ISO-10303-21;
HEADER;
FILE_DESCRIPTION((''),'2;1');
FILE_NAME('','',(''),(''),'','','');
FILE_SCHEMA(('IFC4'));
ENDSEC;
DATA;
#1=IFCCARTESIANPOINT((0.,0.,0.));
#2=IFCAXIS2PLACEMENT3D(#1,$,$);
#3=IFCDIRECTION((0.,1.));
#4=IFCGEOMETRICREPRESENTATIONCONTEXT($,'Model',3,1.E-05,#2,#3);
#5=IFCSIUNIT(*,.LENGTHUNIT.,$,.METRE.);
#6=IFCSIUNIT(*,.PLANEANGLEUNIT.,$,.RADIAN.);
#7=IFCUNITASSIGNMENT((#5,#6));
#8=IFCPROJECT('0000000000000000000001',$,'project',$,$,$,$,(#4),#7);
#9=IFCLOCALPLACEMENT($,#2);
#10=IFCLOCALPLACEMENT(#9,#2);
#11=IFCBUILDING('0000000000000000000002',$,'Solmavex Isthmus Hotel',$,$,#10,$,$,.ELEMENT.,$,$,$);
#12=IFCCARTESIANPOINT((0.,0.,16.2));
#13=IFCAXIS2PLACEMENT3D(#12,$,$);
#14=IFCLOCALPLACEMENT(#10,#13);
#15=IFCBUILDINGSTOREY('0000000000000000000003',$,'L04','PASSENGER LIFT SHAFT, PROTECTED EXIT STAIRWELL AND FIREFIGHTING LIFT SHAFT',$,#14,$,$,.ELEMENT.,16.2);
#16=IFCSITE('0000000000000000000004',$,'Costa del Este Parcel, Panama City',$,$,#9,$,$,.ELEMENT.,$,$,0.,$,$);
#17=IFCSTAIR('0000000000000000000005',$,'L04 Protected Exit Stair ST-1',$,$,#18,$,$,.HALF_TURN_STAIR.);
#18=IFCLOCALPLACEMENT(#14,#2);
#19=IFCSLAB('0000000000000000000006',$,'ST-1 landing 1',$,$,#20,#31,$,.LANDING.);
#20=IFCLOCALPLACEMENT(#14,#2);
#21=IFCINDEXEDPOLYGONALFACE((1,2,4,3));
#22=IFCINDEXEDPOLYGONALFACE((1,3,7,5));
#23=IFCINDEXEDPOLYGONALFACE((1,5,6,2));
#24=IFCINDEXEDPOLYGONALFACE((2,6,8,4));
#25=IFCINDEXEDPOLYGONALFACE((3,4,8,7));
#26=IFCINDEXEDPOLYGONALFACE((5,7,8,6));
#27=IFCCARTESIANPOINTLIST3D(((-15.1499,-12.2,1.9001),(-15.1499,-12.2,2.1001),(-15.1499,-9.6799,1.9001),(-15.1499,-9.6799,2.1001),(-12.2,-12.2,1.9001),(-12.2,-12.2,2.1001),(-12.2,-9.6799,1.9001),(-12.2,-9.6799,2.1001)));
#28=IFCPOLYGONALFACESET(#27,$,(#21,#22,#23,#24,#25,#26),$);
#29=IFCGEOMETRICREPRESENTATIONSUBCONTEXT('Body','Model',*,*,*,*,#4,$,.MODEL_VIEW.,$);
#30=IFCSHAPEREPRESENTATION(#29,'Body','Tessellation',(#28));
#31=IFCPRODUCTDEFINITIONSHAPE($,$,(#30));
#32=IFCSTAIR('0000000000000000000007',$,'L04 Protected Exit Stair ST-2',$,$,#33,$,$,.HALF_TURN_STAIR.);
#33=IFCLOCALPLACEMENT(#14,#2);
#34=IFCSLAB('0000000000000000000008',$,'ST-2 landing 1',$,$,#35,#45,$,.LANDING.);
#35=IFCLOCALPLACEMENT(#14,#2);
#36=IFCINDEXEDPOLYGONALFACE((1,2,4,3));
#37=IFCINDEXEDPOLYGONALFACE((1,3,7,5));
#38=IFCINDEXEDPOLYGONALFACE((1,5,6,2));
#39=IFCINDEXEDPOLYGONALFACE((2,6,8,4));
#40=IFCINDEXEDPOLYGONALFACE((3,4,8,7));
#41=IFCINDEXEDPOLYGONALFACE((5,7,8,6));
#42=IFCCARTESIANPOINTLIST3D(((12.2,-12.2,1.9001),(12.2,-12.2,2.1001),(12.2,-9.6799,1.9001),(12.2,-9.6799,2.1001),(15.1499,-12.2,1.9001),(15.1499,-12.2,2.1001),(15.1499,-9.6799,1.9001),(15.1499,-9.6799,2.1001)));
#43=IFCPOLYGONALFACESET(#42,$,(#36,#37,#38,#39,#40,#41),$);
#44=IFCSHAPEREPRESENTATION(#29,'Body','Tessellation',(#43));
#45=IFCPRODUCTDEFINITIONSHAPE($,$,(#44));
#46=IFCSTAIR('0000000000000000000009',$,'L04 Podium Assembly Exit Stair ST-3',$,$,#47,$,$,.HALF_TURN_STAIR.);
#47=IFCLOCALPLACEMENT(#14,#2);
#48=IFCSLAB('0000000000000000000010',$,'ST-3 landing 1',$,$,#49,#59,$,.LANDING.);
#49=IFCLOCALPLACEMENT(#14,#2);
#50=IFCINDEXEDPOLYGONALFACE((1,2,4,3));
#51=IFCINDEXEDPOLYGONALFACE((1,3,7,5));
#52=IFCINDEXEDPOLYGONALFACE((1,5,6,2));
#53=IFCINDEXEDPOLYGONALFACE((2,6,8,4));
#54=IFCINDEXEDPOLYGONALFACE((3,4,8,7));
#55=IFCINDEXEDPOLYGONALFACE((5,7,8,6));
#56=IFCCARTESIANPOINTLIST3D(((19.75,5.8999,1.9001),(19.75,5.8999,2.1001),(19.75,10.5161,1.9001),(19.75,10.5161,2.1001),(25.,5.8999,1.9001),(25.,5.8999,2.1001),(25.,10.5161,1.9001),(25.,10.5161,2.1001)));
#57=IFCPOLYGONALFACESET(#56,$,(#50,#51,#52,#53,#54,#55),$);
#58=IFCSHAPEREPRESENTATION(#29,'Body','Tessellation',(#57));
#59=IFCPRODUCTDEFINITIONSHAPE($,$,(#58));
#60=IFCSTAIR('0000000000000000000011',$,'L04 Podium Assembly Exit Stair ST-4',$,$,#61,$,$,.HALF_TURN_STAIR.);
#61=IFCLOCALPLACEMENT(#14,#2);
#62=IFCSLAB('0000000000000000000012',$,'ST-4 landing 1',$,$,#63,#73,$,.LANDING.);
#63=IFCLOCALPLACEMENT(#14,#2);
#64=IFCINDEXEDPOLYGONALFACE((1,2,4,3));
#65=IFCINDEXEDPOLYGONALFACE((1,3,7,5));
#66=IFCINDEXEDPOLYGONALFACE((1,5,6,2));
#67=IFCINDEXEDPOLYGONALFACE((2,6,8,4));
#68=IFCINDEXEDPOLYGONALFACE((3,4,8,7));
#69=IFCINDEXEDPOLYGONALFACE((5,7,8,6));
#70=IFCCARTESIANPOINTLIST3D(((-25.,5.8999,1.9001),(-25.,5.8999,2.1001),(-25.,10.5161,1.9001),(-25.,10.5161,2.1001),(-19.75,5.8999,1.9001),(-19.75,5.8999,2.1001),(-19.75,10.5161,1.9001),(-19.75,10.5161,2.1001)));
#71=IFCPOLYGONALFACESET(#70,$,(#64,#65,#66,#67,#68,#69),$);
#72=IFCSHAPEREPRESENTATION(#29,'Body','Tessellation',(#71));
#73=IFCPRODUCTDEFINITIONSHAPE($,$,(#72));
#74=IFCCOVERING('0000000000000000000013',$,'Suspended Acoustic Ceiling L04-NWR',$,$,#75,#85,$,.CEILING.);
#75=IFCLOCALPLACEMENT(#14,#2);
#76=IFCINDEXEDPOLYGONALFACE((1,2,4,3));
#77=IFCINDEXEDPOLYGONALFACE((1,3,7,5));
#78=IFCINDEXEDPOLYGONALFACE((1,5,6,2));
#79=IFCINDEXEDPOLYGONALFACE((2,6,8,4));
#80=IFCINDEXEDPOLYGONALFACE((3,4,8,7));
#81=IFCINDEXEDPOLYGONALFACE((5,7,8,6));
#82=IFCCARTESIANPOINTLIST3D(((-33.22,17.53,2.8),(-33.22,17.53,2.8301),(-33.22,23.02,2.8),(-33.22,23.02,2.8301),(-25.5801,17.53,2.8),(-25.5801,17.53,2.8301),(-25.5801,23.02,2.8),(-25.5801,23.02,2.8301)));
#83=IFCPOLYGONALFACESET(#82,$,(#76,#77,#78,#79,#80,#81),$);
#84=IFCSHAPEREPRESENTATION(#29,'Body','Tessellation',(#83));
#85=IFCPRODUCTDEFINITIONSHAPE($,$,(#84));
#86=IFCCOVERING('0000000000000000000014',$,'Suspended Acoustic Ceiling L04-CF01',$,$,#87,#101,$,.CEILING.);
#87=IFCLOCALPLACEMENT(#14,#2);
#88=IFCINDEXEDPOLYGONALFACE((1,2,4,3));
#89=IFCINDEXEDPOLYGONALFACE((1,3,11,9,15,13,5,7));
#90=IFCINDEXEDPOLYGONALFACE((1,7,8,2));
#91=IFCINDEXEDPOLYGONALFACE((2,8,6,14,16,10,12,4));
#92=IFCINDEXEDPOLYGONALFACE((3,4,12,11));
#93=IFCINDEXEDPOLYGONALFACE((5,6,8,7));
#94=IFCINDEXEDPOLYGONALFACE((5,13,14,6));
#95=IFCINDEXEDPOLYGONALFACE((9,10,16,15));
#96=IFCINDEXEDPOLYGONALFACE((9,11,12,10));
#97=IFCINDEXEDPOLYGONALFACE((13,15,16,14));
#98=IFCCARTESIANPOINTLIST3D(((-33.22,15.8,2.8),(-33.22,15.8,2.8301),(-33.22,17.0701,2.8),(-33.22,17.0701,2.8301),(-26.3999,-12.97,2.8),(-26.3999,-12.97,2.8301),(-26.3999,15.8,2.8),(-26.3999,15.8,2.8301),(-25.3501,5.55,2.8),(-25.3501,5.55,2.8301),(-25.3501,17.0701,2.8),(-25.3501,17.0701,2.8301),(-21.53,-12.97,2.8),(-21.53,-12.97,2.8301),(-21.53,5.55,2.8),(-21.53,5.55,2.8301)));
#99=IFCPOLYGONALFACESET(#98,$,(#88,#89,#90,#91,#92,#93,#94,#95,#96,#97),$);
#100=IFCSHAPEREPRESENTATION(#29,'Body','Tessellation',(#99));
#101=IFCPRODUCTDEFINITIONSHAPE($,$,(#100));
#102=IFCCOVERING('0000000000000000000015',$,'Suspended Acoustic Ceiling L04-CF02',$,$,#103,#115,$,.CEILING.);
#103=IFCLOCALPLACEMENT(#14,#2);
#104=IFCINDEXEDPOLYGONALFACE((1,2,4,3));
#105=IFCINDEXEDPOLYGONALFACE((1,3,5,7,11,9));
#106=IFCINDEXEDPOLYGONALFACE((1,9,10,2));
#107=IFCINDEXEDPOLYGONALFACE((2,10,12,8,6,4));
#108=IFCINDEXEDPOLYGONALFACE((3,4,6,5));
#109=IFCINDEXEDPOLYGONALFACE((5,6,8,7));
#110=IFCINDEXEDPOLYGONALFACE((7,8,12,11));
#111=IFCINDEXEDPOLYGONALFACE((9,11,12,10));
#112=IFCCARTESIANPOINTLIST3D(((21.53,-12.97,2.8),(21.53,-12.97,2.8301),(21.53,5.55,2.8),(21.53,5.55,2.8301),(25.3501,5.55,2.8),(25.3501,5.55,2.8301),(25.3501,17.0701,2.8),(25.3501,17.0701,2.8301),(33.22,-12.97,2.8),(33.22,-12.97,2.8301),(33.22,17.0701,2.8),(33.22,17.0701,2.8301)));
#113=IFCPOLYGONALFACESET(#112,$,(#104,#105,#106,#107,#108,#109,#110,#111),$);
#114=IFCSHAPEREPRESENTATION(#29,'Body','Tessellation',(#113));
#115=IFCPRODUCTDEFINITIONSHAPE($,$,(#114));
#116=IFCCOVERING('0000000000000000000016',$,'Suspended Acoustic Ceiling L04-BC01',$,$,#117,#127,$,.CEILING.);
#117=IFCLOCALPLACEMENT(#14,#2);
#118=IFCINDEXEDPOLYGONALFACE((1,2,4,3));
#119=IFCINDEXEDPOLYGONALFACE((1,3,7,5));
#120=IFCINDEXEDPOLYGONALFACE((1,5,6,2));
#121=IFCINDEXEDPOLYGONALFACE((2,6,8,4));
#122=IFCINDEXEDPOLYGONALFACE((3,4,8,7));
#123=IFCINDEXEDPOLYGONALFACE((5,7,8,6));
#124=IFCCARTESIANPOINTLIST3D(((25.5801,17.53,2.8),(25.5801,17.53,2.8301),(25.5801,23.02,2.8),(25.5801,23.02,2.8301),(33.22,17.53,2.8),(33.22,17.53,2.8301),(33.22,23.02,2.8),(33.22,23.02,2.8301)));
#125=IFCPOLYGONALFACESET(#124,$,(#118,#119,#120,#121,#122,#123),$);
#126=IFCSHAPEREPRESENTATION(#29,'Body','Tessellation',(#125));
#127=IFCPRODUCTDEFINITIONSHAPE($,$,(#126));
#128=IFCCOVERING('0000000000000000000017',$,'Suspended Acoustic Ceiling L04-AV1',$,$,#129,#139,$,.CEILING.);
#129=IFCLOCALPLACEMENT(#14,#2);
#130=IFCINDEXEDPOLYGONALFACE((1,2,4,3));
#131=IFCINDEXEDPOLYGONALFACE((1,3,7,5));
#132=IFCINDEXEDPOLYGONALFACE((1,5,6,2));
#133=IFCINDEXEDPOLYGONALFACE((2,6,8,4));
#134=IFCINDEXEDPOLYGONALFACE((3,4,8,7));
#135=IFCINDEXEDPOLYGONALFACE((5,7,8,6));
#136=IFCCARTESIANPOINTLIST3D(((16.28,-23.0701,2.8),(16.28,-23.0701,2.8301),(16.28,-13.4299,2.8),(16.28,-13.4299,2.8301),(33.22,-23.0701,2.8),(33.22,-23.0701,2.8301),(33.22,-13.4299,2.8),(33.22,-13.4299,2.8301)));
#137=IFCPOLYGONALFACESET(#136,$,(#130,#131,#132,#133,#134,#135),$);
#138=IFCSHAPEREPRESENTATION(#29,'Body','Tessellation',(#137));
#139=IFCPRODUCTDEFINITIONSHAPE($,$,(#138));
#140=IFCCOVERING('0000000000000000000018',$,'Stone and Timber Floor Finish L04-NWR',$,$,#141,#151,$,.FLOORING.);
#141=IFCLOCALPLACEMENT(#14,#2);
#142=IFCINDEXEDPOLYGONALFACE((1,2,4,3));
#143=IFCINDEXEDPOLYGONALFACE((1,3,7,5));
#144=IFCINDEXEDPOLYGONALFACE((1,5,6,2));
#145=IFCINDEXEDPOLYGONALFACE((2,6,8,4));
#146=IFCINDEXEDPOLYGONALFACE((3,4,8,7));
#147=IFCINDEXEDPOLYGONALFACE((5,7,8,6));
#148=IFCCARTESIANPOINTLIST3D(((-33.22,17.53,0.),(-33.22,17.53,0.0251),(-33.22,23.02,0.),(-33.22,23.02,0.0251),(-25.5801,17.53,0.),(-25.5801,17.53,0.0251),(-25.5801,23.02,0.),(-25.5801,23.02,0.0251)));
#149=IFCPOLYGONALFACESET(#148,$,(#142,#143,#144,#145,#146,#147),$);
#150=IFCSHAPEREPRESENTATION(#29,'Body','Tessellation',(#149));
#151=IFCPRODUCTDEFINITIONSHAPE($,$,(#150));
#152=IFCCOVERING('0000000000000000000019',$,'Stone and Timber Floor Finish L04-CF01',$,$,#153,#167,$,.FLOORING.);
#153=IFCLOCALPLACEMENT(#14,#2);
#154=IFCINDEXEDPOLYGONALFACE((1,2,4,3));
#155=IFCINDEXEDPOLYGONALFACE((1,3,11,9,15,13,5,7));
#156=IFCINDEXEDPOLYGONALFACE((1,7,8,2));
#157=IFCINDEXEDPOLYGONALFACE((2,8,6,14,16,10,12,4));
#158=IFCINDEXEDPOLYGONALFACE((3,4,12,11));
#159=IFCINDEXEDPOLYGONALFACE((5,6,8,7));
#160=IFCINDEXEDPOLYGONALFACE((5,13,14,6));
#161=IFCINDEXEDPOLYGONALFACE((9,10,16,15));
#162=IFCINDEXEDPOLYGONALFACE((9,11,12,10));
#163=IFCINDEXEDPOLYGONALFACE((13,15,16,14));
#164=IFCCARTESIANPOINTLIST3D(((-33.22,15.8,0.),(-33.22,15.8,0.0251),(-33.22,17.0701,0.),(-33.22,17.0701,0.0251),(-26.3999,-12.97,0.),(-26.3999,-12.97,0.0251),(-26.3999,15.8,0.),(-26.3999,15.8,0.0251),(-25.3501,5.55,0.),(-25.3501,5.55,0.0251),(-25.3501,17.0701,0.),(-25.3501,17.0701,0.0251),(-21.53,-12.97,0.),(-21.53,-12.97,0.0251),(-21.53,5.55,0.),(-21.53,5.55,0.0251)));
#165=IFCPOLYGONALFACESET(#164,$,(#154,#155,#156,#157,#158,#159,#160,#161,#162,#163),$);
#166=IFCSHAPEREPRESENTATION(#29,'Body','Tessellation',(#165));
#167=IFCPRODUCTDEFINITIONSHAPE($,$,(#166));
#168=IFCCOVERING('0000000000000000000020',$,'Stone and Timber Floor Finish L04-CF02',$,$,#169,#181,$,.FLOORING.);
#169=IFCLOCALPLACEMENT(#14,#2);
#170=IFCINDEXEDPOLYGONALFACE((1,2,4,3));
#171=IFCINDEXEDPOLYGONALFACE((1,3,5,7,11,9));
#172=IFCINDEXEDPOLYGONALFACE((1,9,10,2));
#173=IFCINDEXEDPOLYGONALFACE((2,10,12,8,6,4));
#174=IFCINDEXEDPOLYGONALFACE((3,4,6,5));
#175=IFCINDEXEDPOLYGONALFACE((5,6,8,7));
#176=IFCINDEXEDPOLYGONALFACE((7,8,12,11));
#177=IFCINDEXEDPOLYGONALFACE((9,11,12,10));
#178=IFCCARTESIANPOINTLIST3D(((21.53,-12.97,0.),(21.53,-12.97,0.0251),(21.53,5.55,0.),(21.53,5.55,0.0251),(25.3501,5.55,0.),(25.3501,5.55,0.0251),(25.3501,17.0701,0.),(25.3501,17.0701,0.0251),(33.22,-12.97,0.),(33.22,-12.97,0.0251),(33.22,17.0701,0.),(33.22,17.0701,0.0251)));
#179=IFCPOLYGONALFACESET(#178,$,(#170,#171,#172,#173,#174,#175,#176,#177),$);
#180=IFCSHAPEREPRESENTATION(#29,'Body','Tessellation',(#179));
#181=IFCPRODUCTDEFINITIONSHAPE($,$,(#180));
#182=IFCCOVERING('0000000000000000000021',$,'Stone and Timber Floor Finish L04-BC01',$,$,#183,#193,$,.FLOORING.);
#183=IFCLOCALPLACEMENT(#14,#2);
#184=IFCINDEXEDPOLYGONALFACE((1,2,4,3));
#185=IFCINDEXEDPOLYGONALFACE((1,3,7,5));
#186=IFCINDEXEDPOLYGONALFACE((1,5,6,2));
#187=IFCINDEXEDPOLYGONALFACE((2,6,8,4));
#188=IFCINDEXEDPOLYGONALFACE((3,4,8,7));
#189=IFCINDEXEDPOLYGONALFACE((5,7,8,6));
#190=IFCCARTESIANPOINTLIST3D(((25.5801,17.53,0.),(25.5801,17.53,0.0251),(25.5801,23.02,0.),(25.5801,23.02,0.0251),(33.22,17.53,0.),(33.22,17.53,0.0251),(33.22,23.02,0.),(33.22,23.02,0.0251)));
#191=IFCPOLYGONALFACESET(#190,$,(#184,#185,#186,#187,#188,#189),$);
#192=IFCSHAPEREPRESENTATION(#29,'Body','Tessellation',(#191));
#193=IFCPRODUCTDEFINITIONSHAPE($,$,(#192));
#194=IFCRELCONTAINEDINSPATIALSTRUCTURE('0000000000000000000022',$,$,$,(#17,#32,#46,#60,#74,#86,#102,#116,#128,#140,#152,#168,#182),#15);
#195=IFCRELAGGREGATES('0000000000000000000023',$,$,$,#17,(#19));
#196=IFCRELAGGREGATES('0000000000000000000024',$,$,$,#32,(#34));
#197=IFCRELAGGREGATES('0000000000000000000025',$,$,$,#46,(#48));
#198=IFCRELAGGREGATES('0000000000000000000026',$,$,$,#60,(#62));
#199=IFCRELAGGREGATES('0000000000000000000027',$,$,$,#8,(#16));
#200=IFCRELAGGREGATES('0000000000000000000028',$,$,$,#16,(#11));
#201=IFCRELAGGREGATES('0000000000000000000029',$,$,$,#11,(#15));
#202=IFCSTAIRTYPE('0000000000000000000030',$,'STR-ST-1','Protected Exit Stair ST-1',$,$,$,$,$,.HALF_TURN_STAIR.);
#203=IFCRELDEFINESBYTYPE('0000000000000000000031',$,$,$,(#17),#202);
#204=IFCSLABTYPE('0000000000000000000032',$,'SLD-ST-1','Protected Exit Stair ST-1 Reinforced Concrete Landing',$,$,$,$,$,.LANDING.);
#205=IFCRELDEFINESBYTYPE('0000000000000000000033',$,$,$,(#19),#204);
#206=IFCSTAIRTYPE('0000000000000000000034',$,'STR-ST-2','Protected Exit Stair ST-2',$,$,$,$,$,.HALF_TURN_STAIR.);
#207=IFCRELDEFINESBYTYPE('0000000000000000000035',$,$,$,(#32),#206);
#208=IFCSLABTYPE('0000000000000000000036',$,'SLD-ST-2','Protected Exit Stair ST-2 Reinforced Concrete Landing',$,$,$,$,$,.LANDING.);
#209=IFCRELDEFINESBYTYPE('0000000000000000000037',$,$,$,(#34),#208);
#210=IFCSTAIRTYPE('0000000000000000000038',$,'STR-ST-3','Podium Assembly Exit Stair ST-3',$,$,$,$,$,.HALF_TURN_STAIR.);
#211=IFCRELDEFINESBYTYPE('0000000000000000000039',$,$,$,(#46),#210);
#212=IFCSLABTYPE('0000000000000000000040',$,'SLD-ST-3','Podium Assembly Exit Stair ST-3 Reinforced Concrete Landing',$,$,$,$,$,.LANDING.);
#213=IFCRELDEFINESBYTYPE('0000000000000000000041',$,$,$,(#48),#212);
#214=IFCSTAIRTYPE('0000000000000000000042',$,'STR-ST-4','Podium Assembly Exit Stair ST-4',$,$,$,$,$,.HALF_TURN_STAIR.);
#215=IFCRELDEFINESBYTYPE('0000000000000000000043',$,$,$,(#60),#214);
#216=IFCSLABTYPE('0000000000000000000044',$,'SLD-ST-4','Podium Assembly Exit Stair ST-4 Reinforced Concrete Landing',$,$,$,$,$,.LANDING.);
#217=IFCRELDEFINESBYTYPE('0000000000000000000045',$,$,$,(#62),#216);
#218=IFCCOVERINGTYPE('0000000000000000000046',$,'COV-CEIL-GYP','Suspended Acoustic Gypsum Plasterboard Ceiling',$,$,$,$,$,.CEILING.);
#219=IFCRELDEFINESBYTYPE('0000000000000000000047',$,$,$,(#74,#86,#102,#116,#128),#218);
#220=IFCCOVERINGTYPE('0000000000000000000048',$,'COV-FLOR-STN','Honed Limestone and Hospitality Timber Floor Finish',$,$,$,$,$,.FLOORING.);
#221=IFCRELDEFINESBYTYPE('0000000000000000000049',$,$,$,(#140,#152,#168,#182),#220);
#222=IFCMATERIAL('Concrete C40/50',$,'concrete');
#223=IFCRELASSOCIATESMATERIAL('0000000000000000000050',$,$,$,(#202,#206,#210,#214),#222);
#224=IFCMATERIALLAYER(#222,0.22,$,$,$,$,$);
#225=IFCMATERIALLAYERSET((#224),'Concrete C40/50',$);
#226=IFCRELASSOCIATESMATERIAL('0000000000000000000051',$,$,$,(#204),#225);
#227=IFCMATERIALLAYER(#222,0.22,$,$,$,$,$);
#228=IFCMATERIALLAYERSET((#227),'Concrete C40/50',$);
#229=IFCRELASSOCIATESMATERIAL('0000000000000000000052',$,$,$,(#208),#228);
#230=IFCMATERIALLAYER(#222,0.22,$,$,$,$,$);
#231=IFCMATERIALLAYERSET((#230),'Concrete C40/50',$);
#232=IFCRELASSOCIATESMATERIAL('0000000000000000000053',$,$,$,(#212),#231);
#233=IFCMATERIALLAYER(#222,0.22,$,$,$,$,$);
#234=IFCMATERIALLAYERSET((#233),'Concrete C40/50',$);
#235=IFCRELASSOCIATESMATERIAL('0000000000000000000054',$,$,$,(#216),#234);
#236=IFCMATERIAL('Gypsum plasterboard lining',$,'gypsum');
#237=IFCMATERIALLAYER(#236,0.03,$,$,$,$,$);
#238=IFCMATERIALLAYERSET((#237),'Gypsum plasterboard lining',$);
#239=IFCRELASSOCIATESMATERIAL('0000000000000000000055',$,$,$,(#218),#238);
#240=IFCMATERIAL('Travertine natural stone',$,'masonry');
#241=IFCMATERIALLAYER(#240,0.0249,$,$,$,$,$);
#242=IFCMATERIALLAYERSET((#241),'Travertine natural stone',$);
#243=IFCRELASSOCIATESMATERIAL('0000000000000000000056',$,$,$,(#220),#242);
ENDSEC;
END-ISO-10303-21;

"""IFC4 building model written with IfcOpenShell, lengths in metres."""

from ifc_helpers import new_model, si_unit, direction, frame, origin, place, context, subcontext, project, spatial, polyline, outline, extrude, material, layer, layer_set, type_object, element, aggregate, save


model = new_model("IFC4")

# Units and contexts
model_context = context("Model", 3, precision=1e-05, world=origin(), true_north=direction((0.0, 1.0)))
body_context = subcontext(model_context, "Body", "Model", "MODEL_VIEW")
ifc_project = project(units=[si_unit("LENGTHUNIT", "METRE"), si_unit("PLANEANGLEUNIT", "RADIAN")], contexts=[model_context])

# Site, building, storey
site_placement = place(None, origin())
site = spatial("IfcSite", under=ifc_project, at=site_placement, Name="Costa del Este Parcel, Panama City", CompositionType="ELEMENT", RefElevation=0.0)
building_placement = place(site_placement, origin())
building = spatial("IfcBuilding", under=site, at=building_placement, Name="Solmavex Isthmus Hotel", CompositionType="ELEMENT")
storey_placement = place(building_placement, frame((0.0, 0.0, 16.2)))
storey = spatial("IfcBuildingStorey", under=building, at=storey_placement, Name="L04", Description="PASSENGER LIFT SHAFT, PROTECTED EXIT STAIRWELL AND FIREFIGHTING LIFT SHAFT", CompositionType="ELEMENT", Elevation=16.2)

# Shared definitions
ifc_material_1 = material(Name="Concrete C40/50", Category="concrete")

# Stairs, slabs
stair_type_1 = type_object("IfcStairType", Name="STR-ST-1", Description="Protected Exit Stair ST-1", PredefinedType="HALF_TURN_STAIR", material=ifc_material_1)
stair_1_placement = place(storey_placement, origin())
stair_1 = element("IfcStair", 1, at=stair_1_placement, inside=storey, type_object=stair_type_1, Name="L04 Protected Exit Stair ST-1", PredefinedType="HALF_TURN_STAIR")
ifc_layer_1 = layer(ifc_material_1, 0.22)
ifc_layer_set_1 = layer_set([ifc_layer_1], Name="Concrete C40/50")
slab_type_1 = type_object("IfcSlabType", Name="SLD-ST-1", Description="Protected Exit Stair ST-1 Reinforced Concrete Landing", PredefinedType="LANDING", material=ifc_layer_set_1)
slab_1_placement = place(storey_placement, frame((0.0, 0.0, 1.9001)))
slab_1 = element("IfcSlab", 2, at=slab_1_placement, type_object=slab_type_1, Name="ST-1 landing 1", PredefinedType="LANDING", context=body_context, shape_type="SweptSolid", body=[
    extrude(outline(polyline([(-15.1499, -9.6799), (-15.1499, -12.2), (-12.2, -12.2), (-12.2, -9.6799), (-15.1499, -9.6799)])), origin(), (0.0, 0.0, 1.0), 0.2),
])
aggregate(stair_1, [slab_1])
stair_type_2 = type_object("IfcStairType", Name="STR-ST-2", Description="Protected Exit Stair ST-2", PredefinedType="HALF_TURN_STAIR", material=ifc_material_1)
stair_2_placement = place(storey_placement, origin())
stair_2 = element("IfcStair", 3, at=stair_2_placement, inside=storey, type_object=stair_type_2, Name="L04 Protected Exit Stair ST-2", PredefinedType="HALF_TURN_STAIR")
ifc_layer_2 = layer(ifc_material_1, 0.22)
ifc_layer_set_2 = layer_set([ifc_layer_2], Name="Concrete C40/50")
slab_type_2 = type_object("IfcSlabType", Name="SLD-ST-2", Description="Protected Exit Stair ST-2 Reinforced Concrete Landing", PredefinedType="LANDING", material=ifc_layer_set_2)
slab_2_placement = place(storey_placement, frame((0.0, 0.0, 1.9001)))
slab_2 = element("IfcSlab", 4, at=slab_2_placement, type_object=slab_type_2, Name="ST-2 landing 1", PredefinedType="LANDING", context=body_context, shape_type="SweptSolid", body=[
    extrude(outline(polyline([(12.2, -9.6799), (12.2, -12.2), (15.1499, -12.2), (15.1499, -9.6799), (12.2, -9.6799)])), origin(), (0.0, 0.0, 1.0), 0.2),
])
aggregate(stair_2, [slab_2])
stair_type_3 = type_object("IfcStairType", Name="STR-ST-3", Description="Podium Assembly Exit Stair ST-3", PredefinedType="HALF_TURN_STAIR", material=ifc_material_1)
stair_3_placement = place(storey_placement, origin())
stair_3 = element("IfcStair", 5, at=stair_3_placement, inside=storey, type_object=stair_type_3, Name="L04 Podium Assembly Exit Stair ST-3", PredefinedType="HALF_TURN_STAIR")
ifc_layer_3 = layer(ifc_material_1, 0.22)
ifc_layer_set_3 = layer_set([ifc_layer_3], Name="Concrete C40/50")
slab_type_3 = type_object("IfcSlabType", Name="SLD-ST-3", Description="Podium Assembly Exit Stair ST-3 Reinforced Concrete Landing", PredefinedType="LANDING", material=ifc_layer_set_3)
slab_3_placement = place(storey_placement, frame((0.0, 0.0, 1.9001)))
slab_3 = element("IfcSlab", 6, at=slab_3_placement, type_object=slab_type_3, Name="ST-3 landing 1", PredefinedType="LANDING", context=body_context, shape_type="SweptSolid", body=[
    extrude(outline(polyline([(19.75, 10.5161), (19.75, 5.8999), (25.0, 5.8999), (25.0, 10.5161), (19.75, 10.5161)])), origin(), (0.0, 0.0, 1.0), 0.2),
])
aggregate(stair_3, [slab_3])
stair_type_4 = type_object("IfcStairType", Name="STR-ST-4", Description="Podium Assembly Exit Stair ST-4", PredefinedType="HALF_TURN_STAIR", material=ifc_material_1)
stair_4_placement = place(storey_placement, origin())
stair_4 = element("IfcStair", 7, at=stair_4_placement, inside=storey, type_object=stair_type_4, Name="L04 Podium Assembly Exit Stair ST-4", PredefinedType="HALF_TURN_STAIR")
ifc_layer_4 = layer(ifc_material_1, 0.22)
ifc_layer_set_4 = layer_set([ifc_layer_4], Name="Concrete C40/50")
slab_type_4 = type_object("IfcSlabType", Name="SLD-ST-4", Description="Podium Assembly Exit Stair ST-4 Reinforced Concrete Landing", PredefinedType="LANDING", material=ifc_layer_set_4)
slab_4_placement = place(storey_placement, frame((0.0, 0.0, 1.9001)))
slab_4 = element("IfcSlab", 8, at=slab_4_placement, type_object=slab_type_4, Name="ST-4 landing 1", PredefinedType="LANDING", context=body_context, shape_type="SweptSolid", body=[
    extrude(outline(polyline([(-25.0, 10.5161), (-25.0, 5.8999), (-19.75, 5.8999), (-19.75, 10.5161), (-25.0, 10.5161)])), origin(), (0.0, 0.0, 1.0), 0.2),
])
aggregate(stair_4, [slab_4])

# Coverings
ifc_material_2 = material(Name="Gypsum plasterboard lining", Category="gypsum")
ifc_layer_5 = layer(ifc_material_2, 0.03)
ifc_layer_set_5 = layer_set([ifc_layer_5], Name="Gypsum plasterboard lining")
covering_type_1 = type_object("IfcCoveringType", Name="COV-CEIL-GYP", Description="Suspended Acoustic Gypsum Plasterboard Ceiling", PredefinedType="CEILING", material=ifc_layer_set_5)
covering_1_placement = place(storey_placement, frame((0.0, 0.0, 2.8)))
element("IfcCovering", 9, at=covering_1_placement, inside=storey, type_object=covering_type_1, Name="Suspended Acoustic Ceiling L04-NWR", PredefinedType="CEILING", context=body_context, shape_type="SweptSolid", body=[
    extrude(outline(polyline([(-25.5801, 17.53), (-25.5801, 23.02), (-33.22, 23.02), (-33.22, 17.53), (-25.5801, 17.53)])), origin(), (0.0, 0.0, 1.0), 0.03),
])
covering_2_placement = place(storey_placement, frame((0.0, 0.0, 2.8)))
element("IfcCovering", 10, at=covering_2_placement, inside=storey, type_object=covering_type_1, Name="Suspended Acoustic Ceiling L04-CF01", PredefinedType="CEILING", context=body_context, shape_type="SweptSolid", body=[
    extrude(outline(polyline([(-21.53, 5.55), (-25.3501, 5.55), (-25.3501, 17.0701), (-33.22, 17.0701), (-33.22, 15.8), (-26.3999, 15.8), (-26.3999, -12.97), (-21.53, -12.97), (-21.53, 5.55)])), origin(), (0.0, 0.0, 1.0), 0.03),
])
covering_3_placement = place(storey_placement, frame((0.0, 0.0, 2.8)))
element("IfcCovering", 11, at=covering_3_placement, inside=storey, type_object=covering_type_1, Name="Suspended Acoustic Ceiling L04-CF02", PredefinedType="CEILING", context=body_context, shape_type="SweptSolid", body=[
    extrude(outline(polyline([(25.3501, 17.0701), (25.3501, 5.55), (21.53, 5.55), (21.53, -12.97), (33.22, -12.97), (33.22, 17.0701), (25.3501, 17.0701)])), origin(), (0.0, 0.0, 1.0), 0.03),
])
covering_4_placement = place(storey_placement, frame((0.0, 0.0, 2.8)))
element("IfcCovering", 12, at=covering_4_placement, inside=storey, type_object=covering_type_1, Name="Suspended Acoustic Ceiling L04-BC01", PredefinedType="CEILING", context=body_context, shape_type="SweptSolid", body=[
    extrude(outline(polyline([(33.22, 17.53), (33.22, 23.02), (25.5801, 23.02), (25.5801, 17.53), (33.22, 17.53)])), origin(), (0.0, 0.0, 1.0), 0.03),
])
covering_5_placement = place(storey_placement, frame((0.0, 0.0, 2.8)))
element("IfcCovering", 13, at=covering_5_placement, inside=storey, type_object=covering_type_1, Name="Suspended Acoustic Ceiling L04-AV1", PredefinedType="CEILING", context=body_context, shape_type="SweptSolid", body=[
    extrude(outline(polyline([(33.22, -23.0701), (33.22, -13.4299), (16.28, -13.4299), (16.28, -23.0701), (33.22, -23.0701)])), origin(), (0.0, 0.0, 1.0), 0.03),
])
ifc_material_3 = material(Name="Travertine natural stone", Category="masonry")
ifc_layer_6 = layer(ifc_material_3, 0.0249)
ifc_layer_set_6 = layer_set([ifc_layer_6], Name="Travertine natural stone")
covering_type_2 = type_object("IfcCoveringType", Name="COV-FLOR-STN", Description="Honed Limestone and Hospitality Timber Floor Finish", PredefinedType="FLOORING", material=ifc_layer_set_6)
covering_6_placement = place(storey_placement, origin())
element("IfcCovering", 14, at=covering_6_placement, inside=storey, type_object=covering_type_2, Name="Stone and Timber Floor Finish L04-NWR", PredefinedType="FLOORING", context=body_context, shape_type="SweptSolid", body=[
    extrude(outline(polyline([(-25.5801, 17.53), (-25.5801, 23.02), (-33.22, 23.02), (-33.22, 17.53), (-25.5801, 17.53)])), origin(), (0.0, 0.0, 1.0), 0.0251),
])
covering_7_placement = place(storey_placement, origin())
element("IfcCovering", 15, at=covering_7_placement, inside=storey, type_object=covering_type_2, Name="Stone and Timber Floor Finish L04-CF01", PredefinedType="FLOORING", context=body_context, shape_type="SweptSolid", body=[
    extrude(outline(polyline([(-21.53, 5.55), (-25.3501, 5.55), (-25.3501, 17.0701), (-33.22, 17.0701), (-33.22, 15.8), (-26.3999, 15.8), (-26.3999, -12.97), (-21.53, -12.97), (-21.53, 5.55)])), origin(), (0.0, 0.0, 1.0), 0.0251),
])
covering_8_placement = place(storey_placement, origin())
element("IfcCovering", 16, at=covering_8_placement, inside=storey, type_object=covering_type_2, Name="Stone and Timber Floor Finish L04-CF02", PredefinedType="FLOORING", context=body_context, shape_type="SweptSolid", body=[
    extrude(outline(polyline([(25.3501, 17.0701), (25.3501, 5.55), (21.53, 5.55), (21.53, -12.97), (33.22, -12.97), (33.22, 17.0701), (25.3501, 17.0701)])), origin(), (0.0, 0.0, 1.0), 0.0251),
])
covering_9_placement = place(storey_placement, origin())
element("IfcCovering", 17, at=covering_9_placement, inside=storey, type_object=covering_type_2, Name="Stone and Timber Floor Finish L04-BC01", PredefinedType="FLOORING", context=body_context, shape_type="SweptSolid", body=[
    extrude(outline(polyline([(33.22, 17.53), (33.22, 23.02), (25.5801, 23.02), (25.5801, 17.53), (33.22, 17.53)])), origin(), (0.0, 0.0, 1.0), 0.0251),
])

save(model, "model.ifc")
